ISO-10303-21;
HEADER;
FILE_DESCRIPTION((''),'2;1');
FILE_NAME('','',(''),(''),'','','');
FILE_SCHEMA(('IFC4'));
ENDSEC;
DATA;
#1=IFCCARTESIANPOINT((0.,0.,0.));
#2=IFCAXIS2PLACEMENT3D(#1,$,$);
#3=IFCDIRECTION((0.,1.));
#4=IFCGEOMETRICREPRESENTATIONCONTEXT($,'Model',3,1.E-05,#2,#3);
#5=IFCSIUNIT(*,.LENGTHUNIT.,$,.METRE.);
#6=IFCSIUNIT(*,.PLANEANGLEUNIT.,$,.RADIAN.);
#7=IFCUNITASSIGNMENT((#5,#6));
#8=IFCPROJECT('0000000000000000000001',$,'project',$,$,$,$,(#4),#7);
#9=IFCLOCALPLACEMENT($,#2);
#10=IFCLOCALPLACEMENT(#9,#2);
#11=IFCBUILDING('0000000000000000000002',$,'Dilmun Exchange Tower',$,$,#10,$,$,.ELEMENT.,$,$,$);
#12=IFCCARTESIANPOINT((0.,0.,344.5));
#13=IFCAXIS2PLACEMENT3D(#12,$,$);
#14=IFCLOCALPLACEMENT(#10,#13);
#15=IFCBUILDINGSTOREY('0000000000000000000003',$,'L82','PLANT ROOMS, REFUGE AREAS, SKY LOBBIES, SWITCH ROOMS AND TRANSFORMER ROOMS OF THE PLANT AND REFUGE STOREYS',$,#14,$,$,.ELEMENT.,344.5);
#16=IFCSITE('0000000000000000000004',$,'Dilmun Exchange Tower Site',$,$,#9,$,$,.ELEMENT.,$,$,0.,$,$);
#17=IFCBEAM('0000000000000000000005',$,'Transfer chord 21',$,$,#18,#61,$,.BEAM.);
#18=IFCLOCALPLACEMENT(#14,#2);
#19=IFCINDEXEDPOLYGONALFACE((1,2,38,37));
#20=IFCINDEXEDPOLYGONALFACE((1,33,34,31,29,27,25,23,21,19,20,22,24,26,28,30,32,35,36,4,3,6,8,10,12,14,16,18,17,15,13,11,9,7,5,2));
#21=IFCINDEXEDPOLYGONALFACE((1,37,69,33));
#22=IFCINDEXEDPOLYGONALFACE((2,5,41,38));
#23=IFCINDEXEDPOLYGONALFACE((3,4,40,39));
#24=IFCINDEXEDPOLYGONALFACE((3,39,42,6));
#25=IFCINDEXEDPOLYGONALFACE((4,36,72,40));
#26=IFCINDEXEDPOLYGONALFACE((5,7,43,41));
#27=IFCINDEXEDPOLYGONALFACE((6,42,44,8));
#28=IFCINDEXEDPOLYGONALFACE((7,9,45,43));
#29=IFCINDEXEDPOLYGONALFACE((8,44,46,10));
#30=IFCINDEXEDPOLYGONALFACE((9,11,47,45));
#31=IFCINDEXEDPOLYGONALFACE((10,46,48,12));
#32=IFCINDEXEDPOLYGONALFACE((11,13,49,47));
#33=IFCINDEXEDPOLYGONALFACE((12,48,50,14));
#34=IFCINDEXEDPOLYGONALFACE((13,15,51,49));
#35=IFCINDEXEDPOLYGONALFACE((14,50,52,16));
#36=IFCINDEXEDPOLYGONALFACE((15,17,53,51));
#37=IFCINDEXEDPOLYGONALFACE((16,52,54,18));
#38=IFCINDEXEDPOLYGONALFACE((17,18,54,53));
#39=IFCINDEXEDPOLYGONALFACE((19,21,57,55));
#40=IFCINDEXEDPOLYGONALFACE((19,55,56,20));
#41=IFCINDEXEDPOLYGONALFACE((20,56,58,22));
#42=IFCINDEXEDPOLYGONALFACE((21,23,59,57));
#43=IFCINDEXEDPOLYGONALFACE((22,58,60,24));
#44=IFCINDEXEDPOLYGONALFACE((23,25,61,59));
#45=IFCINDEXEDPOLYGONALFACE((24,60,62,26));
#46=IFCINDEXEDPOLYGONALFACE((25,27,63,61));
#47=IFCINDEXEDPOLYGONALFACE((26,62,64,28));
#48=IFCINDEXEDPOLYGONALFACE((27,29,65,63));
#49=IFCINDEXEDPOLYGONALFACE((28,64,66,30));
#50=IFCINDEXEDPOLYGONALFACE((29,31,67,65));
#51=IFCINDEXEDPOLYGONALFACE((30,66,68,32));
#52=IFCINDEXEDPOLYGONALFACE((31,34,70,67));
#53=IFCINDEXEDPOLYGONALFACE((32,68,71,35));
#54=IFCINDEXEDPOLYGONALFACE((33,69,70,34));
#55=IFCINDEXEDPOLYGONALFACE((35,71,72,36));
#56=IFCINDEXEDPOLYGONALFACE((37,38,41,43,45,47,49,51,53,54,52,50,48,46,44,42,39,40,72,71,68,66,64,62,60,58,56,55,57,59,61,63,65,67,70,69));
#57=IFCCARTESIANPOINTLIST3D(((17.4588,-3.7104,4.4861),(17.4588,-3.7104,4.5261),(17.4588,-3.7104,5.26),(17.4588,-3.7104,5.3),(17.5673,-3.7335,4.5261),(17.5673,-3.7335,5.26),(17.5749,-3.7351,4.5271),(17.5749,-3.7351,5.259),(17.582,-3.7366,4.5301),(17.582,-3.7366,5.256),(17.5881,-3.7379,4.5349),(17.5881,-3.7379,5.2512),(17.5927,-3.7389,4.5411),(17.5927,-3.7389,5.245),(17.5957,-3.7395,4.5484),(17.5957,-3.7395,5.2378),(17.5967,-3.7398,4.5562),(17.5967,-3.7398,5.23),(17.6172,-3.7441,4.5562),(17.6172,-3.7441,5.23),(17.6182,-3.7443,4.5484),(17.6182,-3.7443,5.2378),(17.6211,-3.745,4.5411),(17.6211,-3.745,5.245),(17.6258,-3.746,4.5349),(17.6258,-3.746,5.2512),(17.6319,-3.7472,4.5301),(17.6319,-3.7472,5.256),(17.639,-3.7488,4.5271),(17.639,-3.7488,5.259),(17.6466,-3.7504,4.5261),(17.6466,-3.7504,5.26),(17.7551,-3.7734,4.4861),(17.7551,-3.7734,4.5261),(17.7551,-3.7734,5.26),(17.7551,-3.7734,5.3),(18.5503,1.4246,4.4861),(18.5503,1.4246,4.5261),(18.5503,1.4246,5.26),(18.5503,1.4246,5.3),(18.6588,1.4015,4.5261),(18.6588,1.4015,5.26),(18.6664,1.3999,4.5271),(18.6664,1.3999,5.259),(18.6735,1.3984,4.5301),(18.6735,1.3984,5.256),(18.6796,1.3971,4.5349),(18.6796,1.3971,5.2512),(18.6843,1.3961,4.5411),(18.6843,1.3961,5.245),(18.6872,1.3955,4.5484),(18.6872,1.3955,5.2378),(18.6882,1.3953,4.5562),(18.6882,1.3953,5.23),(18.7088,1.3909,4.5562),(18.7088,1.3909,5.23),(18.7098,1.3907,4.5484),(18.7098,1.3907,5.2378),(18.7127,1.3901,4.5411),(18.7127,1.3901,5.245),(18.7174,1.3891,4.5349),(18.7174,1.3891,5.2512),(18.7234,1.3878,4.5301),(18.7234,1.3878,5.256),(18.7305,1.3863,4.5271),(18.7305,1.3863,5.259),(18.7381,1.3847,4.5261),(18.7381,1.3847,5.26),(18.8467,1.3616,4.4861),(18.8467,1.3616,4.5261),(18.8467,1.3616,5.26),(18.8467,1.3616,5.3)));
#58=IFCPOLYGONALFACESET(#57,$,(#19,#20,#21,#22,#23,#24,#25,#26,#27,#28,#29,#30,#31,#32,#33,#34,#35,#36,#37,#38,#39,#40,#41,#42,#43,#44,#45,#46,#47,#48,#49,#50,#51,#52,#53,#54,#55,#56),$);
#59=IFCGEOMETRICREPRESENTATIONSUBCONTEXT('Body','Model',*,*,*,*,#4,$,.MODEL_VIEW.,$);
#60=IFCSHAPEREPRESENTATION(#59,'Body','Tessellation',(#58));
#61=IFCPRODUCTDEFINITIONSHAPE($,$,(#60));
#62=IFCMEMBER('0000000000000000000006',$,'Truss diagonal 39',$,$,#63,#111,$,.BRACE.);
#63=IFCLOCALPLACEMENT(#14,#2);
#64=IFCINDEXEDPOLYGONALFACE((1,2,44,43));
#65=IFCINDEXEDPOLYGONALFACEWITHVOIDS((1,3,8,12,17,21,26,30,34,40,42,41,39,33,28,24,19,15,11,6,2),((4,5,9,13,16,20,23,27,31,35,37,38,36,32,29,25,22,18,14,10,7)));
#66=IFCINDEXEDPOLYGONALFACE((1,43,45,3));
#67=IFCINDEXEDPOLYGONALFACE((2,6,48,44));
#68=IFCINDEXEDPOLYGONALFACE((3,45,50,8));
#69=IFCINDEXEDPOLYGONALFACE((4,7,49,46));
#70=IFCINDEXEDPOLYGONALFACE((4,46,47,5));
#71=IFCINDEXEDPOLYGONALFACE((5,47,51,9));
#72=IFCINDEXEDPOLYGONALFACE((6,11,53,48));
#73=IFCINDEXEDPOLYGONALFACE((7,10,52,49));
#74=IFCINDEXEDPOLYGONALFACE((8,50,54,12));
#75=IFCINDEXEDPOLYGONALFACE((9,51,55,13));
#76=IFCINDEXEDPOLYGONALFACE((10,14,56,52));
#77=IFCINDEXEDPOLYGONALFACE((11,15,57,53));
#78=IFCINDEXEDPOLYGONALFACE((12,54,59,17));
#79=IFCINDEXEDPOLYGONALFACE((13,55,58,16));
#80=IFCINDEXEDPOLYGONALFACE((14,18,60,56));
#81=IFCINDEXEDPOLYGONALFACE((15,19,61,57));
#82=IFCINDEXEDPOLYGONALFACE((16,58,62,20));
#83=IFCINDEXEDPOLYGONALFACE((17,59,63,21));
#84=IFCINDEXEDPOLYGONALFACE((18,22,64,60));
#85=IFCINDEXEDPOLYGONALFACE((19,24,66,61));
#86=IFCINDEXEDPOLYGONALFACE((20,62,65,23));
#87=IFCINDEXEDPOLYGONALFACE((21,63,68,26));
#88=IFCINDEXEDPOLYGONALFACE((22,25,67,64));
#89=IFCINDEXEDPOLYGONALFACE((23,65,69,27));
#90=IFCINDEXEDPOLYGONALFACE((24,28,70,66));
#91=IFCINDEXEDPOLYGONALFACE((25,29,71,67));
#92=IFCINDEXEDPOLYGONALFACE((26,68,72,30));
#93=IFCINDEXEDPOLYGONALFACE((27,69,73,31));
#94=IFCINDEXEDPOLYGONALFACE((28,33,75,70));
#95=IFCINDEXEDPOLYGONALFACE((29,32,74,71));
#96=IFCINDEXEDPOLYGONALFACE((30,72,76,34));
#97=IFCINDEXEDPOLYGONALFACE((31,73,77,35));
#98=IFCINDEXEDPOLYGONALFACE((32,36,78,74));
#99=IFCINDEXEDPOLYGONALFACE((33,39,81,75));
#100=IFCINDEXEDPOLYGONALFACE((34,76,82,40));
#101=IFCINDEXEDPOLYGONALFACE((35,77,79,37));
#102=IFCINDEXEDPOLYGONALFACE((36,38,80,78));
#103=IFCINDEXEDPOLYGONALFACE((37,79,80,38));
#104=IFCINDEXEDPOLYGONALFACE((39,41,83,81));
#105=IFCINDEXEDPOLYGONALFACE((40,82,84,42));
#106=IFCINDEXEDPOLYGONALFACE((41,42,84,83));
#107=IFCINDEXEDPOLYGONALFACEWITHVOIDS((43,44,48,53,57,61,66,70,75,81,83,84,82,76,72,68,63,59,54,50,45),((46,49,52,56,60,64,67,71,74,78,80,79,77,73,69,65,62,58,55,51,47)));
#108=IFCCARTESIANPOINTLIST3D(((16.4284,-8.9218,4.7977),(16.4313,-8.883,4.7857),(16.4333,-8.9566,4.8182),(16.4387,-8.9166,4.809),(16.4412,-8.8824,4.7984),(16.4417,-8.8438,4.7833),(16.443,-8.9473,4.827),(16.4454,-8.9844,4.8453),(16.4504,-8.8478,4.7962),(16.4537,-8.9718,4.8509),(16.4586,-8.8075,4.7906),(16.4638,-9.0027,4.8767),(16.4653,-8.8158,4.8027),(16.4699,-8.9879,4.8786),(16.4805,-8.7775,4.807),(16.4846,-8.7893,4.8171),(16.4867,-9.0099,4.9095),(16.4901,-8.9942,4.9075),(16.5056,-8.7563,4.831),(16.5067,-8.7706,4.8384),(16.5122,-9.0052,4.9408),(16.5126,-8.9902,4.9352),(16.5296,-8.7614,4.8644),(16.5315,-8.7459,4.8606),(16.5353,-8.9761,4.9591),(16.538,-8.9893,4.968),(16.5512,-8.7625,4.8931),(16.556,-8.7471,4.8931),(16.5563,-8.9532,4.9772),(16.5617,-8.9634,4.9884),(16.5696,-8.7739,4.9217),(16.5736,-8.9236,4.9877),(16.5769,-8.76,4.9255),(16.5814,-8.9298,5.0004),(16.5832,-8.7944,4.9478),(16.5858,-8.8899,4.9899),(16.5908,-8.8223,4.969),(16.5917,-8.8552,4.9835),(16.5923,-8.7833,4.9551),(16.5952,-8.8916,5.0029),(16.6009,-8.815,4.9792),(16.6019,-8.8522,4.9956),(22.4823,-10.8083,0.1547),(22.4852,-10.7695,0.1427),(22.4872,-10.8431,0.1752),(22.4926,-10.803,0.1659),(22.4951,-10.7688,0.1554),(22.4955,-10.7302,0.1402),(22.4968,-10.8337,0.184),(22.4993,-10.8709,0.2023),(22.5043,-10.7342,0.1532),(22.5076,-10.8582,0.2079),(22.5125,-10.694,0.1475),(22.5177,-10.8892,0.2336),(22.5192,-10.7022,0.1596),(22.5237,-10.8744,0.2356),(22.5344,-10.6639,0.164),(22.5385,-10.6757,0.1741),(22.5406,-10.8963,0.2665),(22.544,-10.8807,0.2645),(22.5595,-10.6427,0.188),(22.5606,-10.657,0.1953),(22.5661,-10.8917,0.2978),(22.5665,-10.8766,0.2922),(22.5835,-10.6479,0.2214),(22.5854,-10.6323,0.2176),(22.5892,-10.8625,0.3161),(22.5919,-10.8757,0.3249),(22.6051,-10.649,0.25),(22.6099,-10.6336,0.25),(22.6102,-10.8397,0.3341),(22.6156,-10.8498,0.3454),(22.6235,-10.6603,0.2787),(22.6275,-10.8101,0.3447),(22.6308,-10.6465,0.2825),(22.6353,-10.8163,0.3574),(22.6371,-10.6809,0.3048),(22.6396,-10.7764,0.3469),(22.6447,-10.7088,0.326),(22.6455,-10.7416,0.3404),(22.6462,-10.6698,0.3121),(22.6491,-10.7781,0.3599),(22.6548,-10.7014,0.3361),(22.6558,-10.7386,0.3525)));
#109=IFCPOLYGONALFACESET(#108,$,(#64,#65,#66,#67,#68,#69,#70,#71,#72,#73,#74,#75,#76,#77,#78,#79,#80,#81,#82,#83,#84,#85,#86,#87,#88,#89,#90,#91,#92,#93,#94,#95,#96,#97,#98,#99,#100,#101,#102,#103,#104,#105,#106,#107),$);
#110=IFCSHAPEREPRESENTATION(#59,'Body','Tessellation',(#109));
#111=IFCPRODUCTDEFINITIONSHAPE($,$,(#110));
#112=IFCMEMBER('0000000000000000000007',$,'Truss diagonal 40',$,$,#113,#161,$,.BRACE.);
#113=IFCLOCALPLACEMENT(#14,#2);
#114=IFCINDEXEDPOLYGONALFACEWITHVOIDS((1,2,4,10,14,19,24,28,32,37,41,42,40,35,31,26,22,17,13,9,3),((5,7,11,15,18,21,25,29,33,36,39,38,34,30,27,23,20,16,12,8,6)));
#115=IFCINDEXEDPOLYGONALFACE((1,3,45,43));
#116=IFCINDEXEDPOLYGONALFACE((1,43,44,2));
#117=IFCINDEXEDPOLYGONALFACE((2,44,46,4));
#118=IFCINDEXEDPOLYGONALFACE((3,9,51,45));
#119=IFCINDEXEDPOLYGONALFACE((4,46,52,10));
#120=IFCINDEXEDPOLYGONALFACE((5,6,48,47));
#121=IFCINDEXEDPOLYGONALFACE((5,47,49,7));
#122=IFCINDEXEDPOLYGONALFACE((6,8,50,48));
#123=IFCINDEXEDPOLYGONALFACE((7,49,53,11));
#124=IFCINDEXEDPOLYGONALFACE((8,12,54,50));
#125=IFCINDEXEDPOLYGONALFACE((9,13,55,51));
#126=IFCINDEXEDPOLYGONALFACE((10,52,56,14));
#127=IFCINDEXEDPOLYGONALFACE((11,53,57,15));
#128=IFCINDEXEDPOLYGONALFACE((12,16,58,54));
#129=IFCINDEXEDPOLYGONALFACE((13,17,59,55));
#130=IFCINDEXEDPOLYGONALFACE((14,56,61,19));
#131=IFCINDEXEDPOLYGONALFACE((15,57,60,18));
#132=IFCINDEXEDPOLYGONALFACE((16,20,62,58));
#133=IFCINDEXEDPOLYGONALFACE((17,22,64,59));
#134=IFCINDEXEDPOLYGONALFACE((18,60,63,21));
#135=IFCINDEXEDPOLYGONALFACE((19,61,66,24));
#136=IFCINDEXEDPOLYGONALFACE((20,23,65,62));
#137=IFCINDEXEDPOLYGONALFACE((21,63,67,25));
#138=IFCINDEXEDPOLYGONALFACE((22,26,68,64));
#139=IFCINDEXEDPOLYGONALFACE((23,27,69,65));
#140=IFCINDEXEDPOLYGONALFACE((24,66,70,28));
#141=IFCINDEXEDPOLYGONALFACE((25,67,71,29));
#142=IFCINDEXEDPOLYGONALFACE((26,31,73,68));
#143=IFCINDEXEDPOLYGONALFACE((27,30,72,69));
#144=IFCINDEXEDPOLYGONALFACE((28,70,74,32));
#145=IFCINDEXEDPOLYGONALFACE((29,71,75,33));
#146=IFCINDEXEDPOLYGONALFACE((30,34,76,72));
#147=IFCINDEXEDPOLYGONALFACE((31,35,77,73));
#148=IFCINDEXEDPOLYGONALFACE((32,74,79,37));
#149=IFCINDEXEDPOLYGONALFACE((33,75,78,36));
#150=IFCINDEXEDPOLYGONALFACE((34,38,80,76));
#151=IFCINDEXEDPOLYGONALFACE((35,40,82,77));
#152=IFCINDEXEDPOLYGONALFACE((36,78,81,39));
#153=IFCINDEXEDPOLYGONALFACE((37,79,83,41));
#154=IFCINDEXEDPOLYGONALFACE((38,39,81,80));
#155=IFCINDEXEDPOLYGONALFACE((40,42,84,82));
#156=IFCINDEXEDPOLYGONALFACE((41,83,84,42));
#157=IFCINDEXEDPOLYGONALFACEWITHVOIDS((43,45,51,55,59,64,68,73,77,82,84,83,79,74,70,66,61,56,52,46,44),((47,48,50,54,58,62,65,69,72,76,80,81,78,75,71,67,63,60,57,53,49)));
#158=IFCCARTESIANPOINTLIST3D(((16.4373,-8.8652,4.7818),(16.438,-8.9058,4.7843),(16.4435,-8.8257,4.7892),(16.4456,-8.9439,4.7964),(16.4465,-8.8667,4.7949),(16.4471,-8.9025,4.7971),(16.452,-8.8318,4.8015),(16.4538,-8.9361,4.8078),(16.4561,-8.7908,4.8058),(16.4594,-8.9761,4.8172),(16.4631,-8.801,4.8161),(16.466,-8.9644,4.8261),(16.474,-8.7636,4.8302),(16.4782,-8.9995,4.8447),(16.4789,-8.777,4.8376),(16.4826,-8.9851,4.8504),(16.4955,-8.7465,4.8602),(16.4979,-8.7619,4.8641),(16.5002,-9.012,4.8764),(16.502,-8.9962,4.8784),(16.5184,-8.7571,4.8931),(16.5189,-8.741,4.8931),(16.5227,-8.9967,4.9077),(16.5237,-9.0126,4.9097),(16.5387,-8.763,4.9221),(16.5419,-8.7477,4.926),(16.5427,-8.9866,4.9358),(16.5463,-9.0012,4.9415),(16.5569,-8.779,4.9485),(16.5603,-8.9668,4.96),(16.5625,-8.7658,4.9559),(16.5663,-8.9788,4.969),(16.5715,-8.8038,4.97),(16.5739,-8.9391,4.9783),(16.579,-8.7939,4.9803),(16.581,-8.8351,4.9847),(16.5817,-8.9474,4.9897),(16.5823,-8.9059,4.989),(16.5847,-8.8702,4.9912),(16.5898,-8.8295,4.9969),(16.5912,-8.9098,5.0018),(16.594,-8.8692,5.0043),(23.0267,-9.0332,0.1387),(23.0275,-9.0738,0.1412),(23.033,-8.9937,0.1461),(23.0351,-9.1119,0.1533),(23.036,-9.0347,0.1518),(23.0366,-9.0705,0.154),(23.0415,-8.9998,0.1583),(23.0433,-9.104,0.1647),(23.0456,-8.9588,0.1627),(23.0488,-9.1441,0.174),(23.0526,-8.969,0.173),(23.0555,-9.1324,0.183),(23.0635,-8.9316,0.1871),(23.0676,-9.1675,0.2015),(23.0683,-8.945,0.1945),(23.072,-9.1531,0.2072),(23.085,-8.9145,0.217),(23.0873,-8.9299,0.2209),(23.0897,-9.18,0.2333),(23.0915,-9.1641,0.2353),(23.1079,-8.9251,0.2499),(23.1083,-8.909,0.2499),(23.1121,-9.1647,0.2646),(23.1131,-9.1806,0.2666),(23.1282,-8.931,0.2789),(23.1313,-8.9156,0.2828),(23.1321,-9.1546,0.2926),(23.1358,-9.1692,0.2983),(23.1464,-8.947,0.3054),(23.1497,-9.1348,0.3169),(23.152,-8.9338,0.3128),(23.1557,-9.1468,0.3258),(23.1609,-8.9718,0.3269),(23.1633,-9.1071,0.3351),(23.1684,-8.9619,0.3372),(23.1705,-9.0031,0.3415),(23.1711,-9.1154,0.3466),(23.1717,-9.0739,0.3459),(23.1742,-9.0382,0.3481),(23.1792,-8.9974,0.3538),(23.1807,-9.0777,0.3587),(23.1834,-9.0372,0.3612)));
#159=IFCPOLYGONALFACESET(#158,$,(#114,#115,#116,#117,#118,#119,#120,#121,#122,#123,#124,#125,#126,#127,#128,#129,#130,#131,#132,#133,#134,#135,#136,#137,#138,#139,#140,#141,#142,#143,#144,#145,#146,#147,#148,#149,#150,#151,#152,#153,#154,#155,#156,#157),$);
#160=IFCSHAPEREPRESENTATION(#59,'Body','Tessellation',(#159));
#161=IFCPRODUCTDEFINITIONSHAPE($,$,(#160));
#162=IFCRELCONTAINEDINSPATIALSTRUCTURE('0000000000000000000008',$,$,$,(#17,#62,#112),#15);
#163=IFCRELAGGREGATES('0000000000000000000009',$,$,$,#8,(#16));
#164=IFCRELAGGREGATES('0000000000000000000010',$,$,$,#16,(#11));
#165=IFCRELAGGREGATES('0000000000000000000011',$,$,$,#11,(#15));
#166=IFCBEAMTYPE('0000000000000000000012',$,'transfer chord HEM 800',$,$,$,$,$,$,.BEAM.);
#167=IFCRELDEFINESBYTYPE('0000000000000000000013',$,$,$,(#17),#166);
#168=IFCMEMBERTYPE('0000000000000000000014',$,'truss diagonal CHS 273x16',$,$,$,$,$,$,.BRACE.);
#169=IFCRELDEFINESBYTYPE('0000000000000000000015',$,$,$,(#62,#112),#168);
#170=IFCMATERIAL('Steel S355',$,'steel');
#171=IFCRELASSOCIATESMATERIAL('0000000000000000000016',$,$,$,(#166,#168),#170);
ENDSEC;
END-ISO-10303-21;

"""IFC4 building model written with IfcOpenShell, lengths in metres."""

from ifc_helpers import new_model, si_unit, direction, frame, origin, origin_2d, place, context, subcontext, project, spatial, hollow_circle, i_section, extrude, material, material_profile, profile_set, type_object, element, save


model = new_model("IFC4")

# Units and contexts
model_context = context("Model", 3, precision=1e-05, world=origin(), true_north=direction((0.0, 1.0)))
body_context = subcontext(model_context, "Body", "Model", "MODEL_VIEW")
ifc_project = project(units=[si_unit("LENGTHUNIT", "METRE"), si_unit("PLANEANGLEUNIT", "RADIAN")], contexts=[model_context])

# Site, building, storey
site_placement = place(None, origin())
site = spatial("IfcSite", under=ifc_project, at=site_placement, Name="Dilmun Exchange Tower Site", CompositionType="ELEMENT", RefElevation=0.0)
building_placement = place(site_placement, origin())
building = spatial("IfcBuilding", under=site, at=building_placement, Name="Dilmun Exchange Tower", CompositionType="ELEMENT")
storey_placement = place(building_placement, frame((0.0, 0.0, 344.5)))
storey = spatial("IfcBuildingStorey", under=building, at=storey_placement, Name="L82", Description="PLANT ROOMS, REFUGE AREAS, SKY LOBBIES, SWITCH ROOMS AND TRANSFORMER ROOMS OF THE PLANT AND REFUGE STOREYS", CompositionType="ELEMENT", Elevation=344.5)

# Beam
ifc_material_1 = material(Name="Steel S355", Category="steel")
ifc_material_profile_1 = material_profile(ifc_material_1, i_section(OverallWidth=0.303, OverallDepth=0.814, WebThickness=0.021, FlangeThickness=0.04, FilletRadius=0.03, at=origin_2d()), Name="HEM 800")
ifc_profile_set_1 = profile_set([ifc_material_profile_1], Name="Steel S355")
beam_type_1 = type_object("IfcBeamType", Name="transfer chord HEM 800", PredefinedType="BEAM", material=ifc_profile_set_1)
beam_1_placement = place(storey_placement, frame((17.6069, -3.7419, 4.8931), z_axis=(0.207925, 0.978145, 0.0), x_axis=(-0.978145, 0.207925, 0.0)))
element("IfcBeam", 1, at=beam_1_placement, inside=storey, type_object=beam_type_1, Name="Transfer chord 21", PredefinedType="BEAM", context=body_context, shape_type="SweptSolid", body=[
    extrude(i_section(OverallWidth=0.303, OverallDepth=0.814, WebThickness=0.021, FlangeThickness=0.04, FilletRadius=0.03, at=origin_2d()), origin(), (0.0, 0.0, 1.0), 5.2498),
])

# Members
ifc_material_profile_2 = material_profile(ifc_material_1, hollow_circle(Radius=0.1365, WallThickness=0.0161, at=origin_2d()), Name="CHS 273x16")
ifc_profile_set_2 = profile_set([ifc_material_profile_2], Name="Steel S355")
member_type = type_object("IfcMemberType", Name="truss diagonal CHS 273x16", PredefinedType="BRACE", material=ifc_profile_set_2)
member_1_placement = place(storey_placement, frame((16.5154, -8.8774, 4.8931), z_axis=(0.7703, -0.240034, -0.59078), x_axis=(0.297501, 0.954721, 0.0)))
element("IfcMember", 2, at=member_1_placement, inside=storey, type_object=member_type, Name="Truss diagonal 39", PredefinedType="BRACE", context=body_context, shape_type="SweptSolid", body=[
    extrude(hollow_circle(Radius=0.1365, WallThickness=0.0161, at=origin_2d()), origin(), (0.0, 0.0, 1.0), 7.8591),
])
member_2_placement = place(storey_placement, frame((16.5154, -8.8774, 4.8931), z_axis=(0.817272, -0.020833, -0.575875), x_axis=(0.025483, 0.999675, 0.0)))
element("IfcMember", 3, at=member_2_placement, inside=storey, type_object=member_type, Name="Truss diagonal 40", PredefinedType="BRACE", context=body_context, shape_type="SweptSolid", body=[
    extrude(hollow_circle(Radius=0.1365, WallThickness=0.0161, at=origin_2d()), origin(), (0.0, 0.0, 1.0), 8.0627),
])

save(model, "model.ifc")
